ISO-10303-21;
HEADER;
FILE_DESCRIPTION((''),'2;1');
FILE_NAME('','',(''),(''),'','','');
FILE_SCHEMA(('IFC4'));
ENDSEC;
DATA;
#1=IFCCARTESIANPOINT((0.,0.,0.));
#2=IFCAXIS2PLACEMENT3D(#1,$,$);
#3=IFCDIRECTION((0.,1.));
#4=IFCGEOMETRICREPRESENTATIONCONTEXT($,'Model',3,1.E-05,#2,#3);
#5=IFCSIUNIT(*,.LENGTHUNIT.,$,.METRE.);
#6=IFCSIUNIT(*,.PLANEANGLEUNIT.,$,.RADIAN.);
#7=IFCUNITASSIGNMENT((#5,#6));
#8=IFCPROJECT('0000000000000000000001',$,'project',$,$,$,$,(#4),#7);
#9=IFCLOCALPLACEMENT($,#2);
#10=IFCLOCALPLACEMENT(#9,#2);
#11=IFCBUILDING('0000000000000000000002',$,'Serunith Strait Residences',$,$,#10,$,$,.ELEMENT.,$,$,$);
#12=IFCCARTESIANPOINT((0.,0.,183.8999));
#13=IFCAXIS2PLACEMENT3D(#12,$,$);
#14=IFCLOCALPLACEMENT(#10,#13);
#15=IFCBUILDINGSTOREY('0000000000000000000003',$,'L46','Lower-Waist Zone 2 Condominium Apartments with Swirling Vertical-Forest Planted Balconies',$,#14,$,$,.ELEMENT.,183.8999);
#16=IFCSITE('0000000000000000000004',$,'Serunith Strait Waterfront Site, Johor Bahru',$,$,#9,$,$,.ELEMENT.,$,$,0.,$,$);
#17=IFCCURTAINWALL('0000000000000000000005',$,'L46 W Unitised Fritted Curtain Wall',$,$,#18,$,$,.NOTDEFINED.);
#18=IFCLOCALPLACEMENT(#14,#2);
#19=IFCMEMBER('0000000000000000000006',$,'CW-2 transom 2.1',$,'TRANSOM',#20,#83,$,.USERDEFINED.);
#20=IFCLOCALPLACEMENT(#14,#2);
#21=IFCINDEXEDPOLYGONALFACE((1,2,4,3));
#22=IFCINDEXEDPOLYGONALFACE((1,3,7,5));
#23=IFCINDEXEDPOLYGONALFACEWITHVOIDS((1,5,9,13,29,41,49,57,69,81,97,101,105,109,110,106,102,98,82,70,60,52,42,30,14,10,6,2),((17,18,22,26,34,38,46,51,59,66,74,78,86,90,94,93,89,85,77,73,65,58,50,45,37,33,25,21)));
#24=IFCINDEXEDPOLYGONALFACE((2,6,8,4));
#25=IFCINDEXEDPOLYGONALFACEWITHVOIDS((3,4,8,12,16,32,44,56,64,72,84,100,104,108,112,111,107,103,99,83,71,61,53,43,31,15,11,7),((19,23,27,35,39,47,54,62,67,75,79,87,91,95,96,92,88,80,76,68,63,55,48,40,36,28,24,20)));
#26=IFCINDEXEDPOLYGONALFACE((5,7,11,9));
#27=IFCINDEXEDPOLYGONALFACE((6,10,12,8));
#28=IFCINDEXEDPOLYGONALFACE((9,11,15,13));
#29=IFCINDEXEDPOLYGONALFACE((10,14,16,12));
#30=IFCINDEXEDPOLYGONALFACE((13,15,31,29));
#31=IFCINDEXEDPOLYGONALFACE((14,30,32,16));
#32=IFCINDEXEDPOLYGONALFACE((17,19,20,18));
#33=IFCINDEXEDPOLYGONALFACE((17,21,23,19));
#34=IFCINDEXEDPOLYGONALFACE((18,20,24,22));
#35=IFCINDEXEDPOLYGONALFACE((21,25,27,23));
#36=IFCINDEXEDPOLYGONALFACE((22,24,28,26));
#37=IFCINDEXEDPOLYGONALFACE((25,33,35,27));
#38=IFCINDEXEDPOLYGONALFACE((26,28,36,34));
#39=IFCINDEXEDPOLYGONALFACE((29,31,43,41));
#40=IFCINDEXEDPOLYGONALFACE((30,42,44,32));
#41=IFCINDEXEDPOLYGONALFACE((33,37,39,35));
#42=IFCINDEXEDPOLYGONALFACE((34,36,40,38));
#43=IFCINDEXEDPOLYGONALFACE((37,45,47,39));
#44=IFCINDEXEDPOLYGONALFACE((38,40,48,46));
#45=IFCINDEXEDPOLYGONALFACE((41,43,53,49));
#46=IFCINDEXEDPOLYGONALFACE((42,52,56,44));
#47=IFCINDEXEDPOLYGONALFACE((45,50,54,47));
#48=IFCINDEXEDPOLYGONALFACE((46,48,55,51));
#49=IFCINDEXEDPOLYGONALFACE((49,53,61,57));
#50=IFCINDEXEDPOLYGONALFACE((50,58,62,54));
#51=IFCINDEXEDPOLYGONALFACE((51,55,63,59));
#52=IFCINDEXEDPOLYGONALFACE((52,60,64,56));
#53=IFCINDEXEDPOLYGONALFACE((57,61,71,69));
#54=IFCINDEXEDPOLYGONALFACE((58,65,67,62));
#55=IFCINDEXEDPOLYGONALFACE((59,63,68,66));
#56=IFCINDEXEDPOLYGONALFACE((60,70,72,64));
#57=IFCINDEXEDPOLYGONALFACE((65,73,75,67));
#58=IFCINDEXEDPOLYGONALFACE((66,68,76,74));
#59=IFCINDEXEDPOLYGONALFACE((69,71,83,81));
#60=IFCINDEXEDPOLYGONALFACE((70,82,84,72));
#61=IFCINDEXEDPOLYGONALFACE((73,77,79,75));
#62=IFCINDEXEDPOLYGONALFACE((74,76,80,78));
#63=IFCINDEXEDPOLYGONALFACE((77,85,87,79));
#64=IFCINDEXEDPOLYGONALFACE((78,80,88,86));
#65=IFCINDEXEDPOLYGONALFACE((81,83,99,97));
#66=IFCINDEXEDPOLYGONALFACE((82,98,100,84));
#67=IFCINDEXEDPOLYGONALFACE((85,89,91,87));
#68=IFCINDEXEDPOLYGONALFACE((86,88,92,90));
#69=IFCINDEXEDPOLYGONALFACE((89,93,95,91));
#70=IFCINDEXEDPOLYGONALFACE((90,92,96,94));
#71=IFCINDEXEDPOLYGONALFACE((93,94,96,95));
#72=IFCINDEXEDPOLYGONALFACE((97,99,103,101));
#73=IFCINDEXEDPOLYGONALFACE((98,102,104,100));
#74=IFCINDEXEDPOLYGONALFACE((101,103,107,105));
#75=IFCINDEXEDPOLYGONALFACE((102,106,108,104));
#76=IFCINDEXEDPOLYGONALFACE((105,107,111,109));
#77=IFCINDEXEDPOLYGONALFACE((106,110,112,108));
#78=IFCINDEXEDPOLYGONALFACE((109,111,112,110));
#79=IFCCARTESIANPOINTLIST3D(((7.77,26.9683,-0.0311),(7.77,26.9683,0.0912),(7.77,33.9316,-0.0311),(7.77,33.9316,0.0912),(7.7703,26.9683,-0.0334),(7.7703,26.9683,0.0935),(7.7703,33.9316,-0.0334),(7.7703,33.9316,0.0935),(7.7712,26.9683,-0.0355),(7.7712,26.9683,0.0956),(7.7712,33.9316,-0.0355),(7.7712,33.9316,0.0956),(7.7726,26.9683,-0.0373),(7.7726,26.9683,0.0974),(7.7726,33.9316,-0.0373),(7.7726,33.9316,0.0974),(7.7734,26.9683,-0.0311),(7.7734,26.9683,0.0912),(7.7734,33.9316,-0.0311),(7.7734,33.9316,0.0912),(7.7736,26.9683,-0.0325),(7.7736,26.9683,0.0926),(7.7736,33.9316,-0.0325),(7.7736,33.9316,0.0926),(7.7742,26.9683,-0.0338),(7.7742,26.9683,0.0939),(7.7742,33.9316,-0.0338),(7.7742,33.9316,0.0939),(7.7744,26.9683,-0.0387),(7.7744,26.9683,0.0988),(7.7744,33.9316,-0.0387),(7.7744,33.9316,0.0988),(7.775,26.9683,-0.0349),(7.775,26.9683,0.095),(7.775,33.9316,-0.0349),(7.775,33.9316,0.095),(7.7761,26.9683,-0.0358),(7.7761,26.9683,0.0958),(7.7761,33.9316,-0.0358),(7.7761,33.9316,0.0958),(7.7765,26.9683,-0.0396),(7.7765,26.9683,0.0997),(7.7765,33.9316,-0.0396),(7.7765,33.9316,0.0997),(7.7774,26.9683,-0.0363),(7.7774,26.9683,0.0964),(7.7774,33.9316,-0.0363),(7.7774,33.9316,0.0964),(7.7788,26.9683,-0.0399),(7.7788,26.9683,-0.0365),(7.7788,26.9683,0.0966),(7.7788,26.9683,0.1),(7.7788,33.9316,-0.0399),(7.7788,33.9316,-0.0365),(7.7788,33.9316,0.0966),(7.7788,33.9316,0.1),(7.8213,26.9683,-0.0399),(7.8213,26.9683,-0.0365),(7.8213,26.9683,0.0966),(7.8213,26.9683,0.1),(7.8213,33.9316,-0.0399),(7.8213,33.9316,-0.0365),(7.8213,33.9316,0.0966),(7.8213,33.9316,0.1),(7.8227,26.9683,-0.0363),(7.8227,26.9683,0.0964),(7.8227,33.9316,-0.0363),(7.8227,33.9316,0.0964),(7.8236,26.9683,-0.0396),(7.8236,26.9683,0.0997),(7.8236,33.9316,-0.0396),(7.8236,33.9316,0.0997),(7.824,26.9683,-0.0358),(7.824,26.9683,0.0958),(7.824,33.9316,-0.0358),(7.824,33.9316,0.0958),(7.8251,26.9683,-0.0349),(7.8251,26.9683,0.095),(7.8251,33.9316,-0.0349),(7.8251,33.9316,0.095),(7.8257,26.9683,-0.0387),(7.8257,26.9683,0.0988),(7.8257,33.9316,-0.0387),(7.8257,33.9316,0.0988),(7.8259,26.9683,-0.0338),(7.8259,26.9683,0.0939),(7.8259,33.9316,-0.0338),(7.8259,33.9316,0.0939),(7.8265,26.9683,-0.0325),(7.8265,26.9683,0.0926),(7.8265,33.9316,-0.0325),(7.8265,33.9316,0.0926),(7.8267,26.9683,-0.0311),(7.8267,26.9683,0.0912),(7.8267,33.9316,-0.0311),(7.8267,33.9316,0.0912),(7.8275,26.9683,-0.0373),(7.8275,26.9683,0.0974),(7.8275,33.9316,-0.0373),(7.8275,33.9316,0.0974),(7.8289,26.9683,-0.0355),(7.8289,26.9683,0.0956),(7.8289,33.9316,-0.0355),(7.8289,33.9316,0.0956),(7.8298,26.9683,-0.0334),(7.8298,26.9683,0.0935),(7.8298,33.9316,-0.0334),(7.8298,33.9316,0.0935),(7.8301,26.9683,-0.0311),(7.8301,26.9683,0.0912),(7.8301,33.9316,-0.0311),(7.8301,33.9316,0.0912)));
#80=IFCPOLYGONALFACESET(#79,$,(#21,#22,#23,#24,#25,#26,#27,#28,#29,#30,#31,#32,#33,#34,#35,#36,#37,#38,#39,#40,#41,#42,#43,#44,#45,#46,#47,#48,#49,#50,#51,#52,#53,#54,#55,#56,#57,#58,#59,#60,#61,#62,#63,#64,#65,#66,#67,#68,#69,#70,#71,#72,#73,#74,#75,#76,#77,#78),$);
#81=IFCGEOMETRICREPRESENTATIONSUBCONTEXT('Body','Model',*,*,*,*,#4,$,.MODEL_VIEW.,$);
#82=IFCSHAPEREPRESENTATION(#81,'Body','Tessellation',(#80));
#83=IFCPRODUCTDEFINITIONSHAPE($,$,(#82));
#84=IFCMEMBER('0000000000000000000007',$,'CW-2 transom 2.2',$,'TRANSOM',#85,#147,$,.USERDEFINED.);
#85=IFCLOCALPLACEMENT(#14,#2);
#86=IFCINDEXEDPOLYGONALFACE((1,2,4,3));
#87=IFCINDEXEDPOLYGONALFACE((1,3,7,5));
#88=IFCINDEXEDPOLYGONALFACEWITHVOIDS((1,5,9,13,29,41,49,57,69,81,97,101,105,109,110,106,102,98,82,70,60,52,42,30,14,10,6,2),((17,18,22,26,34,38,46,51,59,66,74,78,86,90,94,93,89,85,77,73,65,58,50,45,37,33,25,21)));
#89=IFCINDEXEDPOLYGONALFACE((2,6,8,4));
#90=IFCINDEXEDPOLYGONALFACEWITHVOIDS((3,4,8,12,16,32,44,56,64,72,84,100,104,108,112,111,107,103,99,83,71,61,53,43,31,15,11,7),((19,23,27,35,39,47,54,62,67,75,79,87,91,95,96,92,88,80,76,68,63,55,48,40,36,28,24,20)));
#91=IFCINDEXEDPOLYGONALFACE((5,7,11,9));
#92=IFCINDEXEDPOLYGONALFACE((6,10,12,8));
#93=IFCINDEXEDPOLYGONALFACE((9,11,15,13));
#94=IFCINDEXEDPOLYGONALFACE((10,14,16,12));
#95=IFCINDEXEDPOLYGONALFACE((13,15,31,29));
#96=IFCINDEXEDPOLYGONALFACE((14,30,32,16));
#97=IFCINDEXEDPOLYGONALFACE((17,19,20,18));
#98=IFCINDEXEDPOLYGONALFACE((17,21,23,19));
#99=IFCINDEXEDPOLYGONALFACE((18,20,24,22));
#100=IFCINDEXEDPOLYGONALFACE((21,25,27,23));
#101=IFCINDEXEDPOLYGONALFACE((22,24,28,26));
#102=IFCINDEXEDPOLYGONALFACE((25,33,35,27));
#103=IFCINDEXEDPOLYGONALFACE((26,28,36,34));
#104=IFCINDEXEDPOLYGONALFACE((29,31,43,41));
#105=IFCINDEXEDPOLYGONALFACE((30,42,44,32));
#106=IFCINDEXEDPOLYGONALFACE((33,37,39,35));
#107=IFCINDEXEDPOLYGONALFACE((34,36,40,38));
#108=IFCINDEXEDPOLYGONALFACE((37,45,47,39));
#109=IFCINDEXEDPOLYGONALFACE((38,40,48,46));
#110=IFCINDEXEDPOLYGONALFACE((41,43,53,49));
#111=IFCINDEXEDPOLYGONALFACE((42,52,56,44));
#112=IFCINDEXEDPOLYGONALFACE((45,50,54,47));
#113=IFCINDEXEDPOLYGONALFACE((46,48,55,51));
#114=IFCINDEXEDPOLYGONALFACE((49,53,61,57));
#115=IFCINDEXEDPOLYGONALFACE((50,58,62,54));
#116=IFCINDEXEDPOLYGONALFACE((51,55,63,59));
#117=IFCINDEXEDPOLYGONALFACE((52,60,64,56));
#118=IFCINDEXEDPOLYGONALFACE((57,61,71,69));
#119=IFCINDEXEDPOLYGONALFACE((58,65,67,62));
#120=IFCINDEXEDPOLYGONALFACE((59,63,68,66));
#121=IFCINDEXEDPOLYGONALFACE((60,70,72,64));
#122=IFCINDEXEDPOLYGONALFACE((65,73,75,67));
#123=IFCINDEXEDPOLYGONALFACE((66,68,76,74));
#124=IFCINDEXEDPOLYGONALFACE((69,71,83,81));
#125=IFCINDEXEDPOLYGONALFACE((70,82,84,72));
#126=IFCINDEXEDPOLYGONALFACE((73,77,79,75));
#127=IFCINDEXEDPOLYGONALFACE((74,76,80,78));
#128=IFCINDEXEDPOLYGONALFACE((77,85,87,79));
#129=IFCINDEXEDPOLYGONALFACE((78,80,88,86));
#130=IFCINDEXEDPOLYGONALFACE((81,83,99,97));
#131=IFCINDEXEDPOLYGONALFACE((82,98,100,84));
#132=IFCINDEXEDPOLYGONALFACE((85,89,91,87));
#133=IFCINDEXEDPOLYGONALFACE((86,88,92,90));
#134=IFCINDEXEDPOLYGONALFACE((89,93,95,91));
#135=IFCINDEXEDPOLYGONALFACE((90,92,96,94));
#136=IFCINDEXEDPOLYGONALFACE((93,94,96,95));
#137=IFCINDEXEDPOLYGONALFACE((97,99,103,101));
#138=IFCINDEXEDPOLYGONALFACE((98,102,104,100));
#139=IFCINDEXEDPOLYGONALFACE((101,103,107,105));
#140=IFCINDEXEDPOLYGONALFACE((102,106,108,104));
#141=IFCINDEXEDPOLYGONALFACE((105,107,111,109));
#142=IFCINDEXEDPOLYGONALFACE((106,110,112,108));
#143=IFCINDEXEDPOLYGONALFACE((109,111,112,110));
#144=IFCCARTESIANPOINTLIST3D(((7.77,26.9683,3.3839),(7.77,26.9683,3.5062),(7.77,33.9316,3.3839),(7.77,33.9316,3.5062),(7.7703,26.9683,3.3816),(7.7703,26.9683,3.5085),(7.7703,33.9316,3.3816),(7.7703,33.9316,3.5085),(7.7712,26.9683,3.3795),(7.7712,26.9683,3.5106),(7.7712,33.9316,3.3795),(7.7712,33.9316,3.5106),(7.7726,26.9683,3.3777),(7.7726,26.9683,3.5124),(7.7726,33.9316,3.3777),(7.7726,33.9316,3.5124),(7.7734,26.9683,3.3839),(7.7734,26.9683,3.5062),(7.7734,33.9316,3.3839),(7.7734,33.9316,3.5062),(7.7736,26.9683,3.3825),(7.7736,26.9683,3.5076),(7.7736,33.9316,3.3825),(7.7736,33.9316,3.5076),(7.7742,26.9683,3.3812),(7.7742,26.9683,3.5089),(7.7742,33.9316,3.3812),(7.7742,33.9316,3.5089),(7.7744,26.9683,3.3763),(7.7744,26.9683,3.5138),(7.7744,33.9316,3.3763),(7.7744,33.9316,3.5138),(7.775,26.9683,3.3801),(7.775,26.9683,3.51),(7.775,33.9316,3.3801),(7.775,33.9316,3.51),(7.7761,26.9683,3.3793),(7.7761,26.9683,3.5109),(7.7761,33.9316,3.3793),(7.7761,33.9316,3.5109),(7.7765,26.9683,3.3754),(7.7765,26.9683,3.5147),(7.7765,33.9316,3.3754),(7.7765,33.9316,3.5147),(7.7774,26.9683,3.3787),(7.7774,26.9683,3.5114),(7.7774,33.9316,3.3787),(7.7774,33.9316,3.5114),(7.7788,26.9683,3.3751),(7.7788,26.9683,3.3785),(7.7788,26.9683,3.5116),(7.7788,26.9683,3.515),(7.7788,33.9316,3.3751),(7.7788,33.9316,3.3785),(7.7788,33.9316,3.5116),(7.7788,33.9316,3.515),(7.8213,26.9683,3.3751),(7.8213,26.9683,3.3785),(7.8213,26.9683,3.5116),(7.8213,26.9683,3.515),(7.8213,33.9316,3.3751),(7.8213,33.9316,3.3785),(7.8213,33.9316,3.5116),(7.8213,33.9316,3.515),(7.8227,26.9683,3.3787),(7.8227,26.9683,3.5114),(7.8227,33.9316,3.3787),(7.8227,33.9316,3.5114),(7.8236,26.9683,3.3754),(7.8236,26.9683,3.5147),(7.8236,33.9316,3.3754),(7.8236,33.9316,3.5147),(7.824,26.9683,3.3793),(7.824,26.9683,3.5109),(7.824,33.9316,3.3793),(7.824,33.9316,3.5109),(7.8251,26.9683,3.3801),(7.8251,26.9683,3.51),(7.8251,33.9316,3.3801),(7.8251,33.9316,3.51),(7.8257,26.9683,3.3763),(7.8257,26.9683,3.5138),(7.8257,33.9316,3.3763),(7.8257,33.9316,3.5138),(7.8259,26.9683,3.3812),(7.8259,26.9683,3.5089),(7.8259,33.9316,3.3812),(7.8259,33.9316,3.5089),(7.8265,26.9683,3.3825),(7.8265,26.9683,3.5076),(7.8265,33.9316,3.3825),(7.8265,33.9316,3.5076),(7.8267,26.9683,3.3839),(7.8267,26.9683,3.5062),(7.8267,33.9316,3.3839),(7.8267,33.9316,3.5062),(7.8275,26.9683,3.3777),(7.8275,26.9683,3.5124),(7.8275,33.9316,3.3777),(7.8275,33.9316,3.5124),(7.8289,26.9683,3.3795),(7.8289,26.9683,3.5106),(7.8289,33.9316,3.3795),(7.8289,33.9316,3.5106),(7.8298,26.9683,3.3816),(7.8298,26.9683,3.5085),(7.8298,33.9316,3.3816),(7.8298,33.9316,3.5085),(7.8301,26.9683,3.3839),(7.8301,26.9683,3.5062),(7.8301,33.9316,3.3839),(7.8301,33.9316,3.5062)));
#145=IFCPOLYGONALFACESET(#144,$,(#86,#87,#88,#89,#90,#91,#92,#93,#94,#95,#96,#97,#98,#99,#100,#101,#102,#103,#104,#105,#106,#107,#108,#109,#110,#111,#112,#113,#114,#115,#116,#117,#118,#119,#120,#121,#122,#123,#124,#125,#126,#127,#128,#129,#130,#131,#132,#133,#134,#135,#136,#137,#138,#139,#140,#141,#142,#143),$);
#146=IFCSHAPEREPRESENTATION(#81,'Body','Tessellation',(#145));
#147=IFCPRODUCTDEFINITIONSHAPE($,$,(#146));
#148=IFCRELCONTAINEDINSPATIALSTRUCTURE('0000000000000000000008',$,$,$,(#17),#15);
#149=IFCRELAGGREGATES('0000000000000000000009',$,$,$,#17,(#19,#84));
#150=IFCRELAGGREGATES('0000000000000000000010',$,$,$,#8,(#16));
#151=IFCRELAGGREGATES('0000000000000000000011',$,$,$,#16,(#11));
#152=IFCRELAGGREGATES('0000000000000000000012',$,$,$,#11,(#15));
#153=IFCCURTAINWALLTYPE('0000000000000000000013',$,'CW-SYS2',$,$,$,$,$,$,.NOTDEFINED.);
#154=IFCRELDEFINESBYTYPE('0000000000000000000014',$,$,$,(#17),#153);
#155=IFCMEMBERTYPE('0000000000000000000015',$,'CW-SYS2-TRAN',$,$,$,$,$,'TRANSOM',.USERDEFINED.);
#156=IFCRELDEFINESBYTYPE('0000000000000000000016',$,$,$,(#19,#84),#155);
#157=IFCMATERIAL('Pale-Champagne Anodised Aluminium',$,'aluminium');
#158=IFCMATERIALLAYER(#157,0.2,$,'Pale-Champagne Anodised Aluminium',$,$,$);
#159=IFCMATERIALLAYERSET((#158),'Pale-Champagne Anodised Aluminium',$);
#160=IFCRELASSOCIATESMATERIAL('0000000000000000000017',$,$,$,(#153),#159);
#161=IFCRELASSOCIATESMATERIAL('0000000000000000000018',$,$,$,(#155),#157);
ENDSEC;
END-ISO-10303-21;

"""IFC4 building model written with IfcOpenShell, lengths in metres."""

from ifc_helpers import new_model, si_unit, direction, frame, origin, origin_2d, place, context, subcontext, project, spatial, hollow_rectangle, extrude, source, transform, mapped, material, layer, layer_set, material_profile, profile_set, type_object, element, aggregate, save


model = new_model("IFC4")

# Units and contexts
model_context = context("Model", 3, precision=1e-05, world=origin(), true_north=direction((0.0, 1.0)))
body_context = subcontext(model_context, "Body", "Model", "MODEL_VIEW")
ifc_project = project(units=[si_unit("LENGTHUNIT", "METRE"), si_unit("PLANEANGLEUNIT", "RADIAN")], contexts=[model_context])

# Site, building, storey
site_placement = place(None, origin())
site = spatial("IfcSite", under=ifc_project, at=site_placement, Name="Serunith Strait Waterfront Site, Johor Bahru", CompositionType="ELEMENT", RefElevation=0.0)
building_placement = place(site_placement, origin())
building = spatial("IfcBuilding", under=site, at=building_placement, Name="Serunith Strait Residences", CompositionType="ELEMENT")
storey_placement = place(building_placement, frame((0.0, 0.0, 183.8999)))
storey = spatial("IfcBuildingStorey", under=building, at=storey_placement, Name="L46", Description="Lower-Waist Zone 2 Condominium Apartments with Swirling Vertical-Forest Planted Balconies", CompositionType="ELEMENT", Elevation=183.8999)

# Curtain wall, members
ifc_material_1 = material(Name="Pale-Champagne Anodised Aluminium", Category="aluminium")
ifc_layer_1 = layer(ifc_material_1, 0.2, Name="Pale-Champagne Anodised Aluminium")
ifc_layer_set_1 = layer_set([ifc_layer_1], Name="Pale-Champagne Anodised Aluminium")
curtain_wall_type = type_object("IfcCurtainWallType", Name="CW-SYS2", PredefinedType="NOTDEFINED", material=ifc_layer_set_1)
curtain_wall_placement = place(storey_placement, origin())
curtain_wall = element("IfcCurtainWall", 1, at=curtain_wall_placement, inside=storey, type_object=curtain_wall_type, Name="L46 W Unitised Fritted Curtain Wall", PredefinedType="NOTDEFINED")
ifc_material_profile_1 = material_profile(ifc_material_1, hollow_rectangle(XDim=0.0601, YDim=0.1399, WallThickness=0.0034, InnerFilletRadius=0.0054, OuterFilletRadius=0.0088, at=origin_2d()), Name="ALU 140x60x3.5")
ifc_profile_set_1 = profile_set([ifc_material_profile_1], Name="Pale-Champagne Anodised Aluminium")
member_type_1 = type_object("IfcMemberType", Name="CW-SYS2-TRAN", ElementType="TRANSOM", PredefinedType="USERDEFINED", material=ifc_profile_set_1)
shared_shape_1 = source(origin(), body_context, "Body", "SweptSolid", [
    extrude(hollow_rectangle(XDim=0.0601, YDim=0.1399, WallThickness=0.0034, InnerFilletRadius=0.0054, OuterFilletRadius=0.0088, at=origin_2d()), origin(), (0.0, 0.0, 1.0), 6.9634),
])
member_1_placement = place(storey_placement, frame((7.8, 33.9316, 0.03), z_axis=(0.0, -1.0, 0.0), x_axis=(1.0, 0.0, 0.0)))
member_1 = element("IfcMember", 2, at=member_1_placement, type_object=member_type_1, Name="CW-2 transom 2.1", ObjectType="TRANSOM", PredefinedType="USERDEFINED", context=body_context, shape_type="MappedRepresentation", body=[
    mapped(shared_shape_1, transform((0.0, 0.0, 0.0), scale=1.0)),
])
member_2_placement = place(storey_placement, frame((7.8, 33.9316, 3.4451), z_axis=(0.0, -1.0, 0.0), x_axis=(1.0, 0.0, 0.0)))
member_2 = element("IfcMember", 3, at=member_2_placement, type_object=member_type_1, Name="CW-2 transom 2.2", ObjectType="TRANSOM", PredefinedType="USERDEFINED", context=body_context, shape_type="MappedRepresentation", body=[
    mapped(shared_shape_1, transform((0.0, 0.0, 0.0), scale=1.0)),
])
aggregate(curtain_wall, [member_1, member_2])

save(model, "model.ifc")
